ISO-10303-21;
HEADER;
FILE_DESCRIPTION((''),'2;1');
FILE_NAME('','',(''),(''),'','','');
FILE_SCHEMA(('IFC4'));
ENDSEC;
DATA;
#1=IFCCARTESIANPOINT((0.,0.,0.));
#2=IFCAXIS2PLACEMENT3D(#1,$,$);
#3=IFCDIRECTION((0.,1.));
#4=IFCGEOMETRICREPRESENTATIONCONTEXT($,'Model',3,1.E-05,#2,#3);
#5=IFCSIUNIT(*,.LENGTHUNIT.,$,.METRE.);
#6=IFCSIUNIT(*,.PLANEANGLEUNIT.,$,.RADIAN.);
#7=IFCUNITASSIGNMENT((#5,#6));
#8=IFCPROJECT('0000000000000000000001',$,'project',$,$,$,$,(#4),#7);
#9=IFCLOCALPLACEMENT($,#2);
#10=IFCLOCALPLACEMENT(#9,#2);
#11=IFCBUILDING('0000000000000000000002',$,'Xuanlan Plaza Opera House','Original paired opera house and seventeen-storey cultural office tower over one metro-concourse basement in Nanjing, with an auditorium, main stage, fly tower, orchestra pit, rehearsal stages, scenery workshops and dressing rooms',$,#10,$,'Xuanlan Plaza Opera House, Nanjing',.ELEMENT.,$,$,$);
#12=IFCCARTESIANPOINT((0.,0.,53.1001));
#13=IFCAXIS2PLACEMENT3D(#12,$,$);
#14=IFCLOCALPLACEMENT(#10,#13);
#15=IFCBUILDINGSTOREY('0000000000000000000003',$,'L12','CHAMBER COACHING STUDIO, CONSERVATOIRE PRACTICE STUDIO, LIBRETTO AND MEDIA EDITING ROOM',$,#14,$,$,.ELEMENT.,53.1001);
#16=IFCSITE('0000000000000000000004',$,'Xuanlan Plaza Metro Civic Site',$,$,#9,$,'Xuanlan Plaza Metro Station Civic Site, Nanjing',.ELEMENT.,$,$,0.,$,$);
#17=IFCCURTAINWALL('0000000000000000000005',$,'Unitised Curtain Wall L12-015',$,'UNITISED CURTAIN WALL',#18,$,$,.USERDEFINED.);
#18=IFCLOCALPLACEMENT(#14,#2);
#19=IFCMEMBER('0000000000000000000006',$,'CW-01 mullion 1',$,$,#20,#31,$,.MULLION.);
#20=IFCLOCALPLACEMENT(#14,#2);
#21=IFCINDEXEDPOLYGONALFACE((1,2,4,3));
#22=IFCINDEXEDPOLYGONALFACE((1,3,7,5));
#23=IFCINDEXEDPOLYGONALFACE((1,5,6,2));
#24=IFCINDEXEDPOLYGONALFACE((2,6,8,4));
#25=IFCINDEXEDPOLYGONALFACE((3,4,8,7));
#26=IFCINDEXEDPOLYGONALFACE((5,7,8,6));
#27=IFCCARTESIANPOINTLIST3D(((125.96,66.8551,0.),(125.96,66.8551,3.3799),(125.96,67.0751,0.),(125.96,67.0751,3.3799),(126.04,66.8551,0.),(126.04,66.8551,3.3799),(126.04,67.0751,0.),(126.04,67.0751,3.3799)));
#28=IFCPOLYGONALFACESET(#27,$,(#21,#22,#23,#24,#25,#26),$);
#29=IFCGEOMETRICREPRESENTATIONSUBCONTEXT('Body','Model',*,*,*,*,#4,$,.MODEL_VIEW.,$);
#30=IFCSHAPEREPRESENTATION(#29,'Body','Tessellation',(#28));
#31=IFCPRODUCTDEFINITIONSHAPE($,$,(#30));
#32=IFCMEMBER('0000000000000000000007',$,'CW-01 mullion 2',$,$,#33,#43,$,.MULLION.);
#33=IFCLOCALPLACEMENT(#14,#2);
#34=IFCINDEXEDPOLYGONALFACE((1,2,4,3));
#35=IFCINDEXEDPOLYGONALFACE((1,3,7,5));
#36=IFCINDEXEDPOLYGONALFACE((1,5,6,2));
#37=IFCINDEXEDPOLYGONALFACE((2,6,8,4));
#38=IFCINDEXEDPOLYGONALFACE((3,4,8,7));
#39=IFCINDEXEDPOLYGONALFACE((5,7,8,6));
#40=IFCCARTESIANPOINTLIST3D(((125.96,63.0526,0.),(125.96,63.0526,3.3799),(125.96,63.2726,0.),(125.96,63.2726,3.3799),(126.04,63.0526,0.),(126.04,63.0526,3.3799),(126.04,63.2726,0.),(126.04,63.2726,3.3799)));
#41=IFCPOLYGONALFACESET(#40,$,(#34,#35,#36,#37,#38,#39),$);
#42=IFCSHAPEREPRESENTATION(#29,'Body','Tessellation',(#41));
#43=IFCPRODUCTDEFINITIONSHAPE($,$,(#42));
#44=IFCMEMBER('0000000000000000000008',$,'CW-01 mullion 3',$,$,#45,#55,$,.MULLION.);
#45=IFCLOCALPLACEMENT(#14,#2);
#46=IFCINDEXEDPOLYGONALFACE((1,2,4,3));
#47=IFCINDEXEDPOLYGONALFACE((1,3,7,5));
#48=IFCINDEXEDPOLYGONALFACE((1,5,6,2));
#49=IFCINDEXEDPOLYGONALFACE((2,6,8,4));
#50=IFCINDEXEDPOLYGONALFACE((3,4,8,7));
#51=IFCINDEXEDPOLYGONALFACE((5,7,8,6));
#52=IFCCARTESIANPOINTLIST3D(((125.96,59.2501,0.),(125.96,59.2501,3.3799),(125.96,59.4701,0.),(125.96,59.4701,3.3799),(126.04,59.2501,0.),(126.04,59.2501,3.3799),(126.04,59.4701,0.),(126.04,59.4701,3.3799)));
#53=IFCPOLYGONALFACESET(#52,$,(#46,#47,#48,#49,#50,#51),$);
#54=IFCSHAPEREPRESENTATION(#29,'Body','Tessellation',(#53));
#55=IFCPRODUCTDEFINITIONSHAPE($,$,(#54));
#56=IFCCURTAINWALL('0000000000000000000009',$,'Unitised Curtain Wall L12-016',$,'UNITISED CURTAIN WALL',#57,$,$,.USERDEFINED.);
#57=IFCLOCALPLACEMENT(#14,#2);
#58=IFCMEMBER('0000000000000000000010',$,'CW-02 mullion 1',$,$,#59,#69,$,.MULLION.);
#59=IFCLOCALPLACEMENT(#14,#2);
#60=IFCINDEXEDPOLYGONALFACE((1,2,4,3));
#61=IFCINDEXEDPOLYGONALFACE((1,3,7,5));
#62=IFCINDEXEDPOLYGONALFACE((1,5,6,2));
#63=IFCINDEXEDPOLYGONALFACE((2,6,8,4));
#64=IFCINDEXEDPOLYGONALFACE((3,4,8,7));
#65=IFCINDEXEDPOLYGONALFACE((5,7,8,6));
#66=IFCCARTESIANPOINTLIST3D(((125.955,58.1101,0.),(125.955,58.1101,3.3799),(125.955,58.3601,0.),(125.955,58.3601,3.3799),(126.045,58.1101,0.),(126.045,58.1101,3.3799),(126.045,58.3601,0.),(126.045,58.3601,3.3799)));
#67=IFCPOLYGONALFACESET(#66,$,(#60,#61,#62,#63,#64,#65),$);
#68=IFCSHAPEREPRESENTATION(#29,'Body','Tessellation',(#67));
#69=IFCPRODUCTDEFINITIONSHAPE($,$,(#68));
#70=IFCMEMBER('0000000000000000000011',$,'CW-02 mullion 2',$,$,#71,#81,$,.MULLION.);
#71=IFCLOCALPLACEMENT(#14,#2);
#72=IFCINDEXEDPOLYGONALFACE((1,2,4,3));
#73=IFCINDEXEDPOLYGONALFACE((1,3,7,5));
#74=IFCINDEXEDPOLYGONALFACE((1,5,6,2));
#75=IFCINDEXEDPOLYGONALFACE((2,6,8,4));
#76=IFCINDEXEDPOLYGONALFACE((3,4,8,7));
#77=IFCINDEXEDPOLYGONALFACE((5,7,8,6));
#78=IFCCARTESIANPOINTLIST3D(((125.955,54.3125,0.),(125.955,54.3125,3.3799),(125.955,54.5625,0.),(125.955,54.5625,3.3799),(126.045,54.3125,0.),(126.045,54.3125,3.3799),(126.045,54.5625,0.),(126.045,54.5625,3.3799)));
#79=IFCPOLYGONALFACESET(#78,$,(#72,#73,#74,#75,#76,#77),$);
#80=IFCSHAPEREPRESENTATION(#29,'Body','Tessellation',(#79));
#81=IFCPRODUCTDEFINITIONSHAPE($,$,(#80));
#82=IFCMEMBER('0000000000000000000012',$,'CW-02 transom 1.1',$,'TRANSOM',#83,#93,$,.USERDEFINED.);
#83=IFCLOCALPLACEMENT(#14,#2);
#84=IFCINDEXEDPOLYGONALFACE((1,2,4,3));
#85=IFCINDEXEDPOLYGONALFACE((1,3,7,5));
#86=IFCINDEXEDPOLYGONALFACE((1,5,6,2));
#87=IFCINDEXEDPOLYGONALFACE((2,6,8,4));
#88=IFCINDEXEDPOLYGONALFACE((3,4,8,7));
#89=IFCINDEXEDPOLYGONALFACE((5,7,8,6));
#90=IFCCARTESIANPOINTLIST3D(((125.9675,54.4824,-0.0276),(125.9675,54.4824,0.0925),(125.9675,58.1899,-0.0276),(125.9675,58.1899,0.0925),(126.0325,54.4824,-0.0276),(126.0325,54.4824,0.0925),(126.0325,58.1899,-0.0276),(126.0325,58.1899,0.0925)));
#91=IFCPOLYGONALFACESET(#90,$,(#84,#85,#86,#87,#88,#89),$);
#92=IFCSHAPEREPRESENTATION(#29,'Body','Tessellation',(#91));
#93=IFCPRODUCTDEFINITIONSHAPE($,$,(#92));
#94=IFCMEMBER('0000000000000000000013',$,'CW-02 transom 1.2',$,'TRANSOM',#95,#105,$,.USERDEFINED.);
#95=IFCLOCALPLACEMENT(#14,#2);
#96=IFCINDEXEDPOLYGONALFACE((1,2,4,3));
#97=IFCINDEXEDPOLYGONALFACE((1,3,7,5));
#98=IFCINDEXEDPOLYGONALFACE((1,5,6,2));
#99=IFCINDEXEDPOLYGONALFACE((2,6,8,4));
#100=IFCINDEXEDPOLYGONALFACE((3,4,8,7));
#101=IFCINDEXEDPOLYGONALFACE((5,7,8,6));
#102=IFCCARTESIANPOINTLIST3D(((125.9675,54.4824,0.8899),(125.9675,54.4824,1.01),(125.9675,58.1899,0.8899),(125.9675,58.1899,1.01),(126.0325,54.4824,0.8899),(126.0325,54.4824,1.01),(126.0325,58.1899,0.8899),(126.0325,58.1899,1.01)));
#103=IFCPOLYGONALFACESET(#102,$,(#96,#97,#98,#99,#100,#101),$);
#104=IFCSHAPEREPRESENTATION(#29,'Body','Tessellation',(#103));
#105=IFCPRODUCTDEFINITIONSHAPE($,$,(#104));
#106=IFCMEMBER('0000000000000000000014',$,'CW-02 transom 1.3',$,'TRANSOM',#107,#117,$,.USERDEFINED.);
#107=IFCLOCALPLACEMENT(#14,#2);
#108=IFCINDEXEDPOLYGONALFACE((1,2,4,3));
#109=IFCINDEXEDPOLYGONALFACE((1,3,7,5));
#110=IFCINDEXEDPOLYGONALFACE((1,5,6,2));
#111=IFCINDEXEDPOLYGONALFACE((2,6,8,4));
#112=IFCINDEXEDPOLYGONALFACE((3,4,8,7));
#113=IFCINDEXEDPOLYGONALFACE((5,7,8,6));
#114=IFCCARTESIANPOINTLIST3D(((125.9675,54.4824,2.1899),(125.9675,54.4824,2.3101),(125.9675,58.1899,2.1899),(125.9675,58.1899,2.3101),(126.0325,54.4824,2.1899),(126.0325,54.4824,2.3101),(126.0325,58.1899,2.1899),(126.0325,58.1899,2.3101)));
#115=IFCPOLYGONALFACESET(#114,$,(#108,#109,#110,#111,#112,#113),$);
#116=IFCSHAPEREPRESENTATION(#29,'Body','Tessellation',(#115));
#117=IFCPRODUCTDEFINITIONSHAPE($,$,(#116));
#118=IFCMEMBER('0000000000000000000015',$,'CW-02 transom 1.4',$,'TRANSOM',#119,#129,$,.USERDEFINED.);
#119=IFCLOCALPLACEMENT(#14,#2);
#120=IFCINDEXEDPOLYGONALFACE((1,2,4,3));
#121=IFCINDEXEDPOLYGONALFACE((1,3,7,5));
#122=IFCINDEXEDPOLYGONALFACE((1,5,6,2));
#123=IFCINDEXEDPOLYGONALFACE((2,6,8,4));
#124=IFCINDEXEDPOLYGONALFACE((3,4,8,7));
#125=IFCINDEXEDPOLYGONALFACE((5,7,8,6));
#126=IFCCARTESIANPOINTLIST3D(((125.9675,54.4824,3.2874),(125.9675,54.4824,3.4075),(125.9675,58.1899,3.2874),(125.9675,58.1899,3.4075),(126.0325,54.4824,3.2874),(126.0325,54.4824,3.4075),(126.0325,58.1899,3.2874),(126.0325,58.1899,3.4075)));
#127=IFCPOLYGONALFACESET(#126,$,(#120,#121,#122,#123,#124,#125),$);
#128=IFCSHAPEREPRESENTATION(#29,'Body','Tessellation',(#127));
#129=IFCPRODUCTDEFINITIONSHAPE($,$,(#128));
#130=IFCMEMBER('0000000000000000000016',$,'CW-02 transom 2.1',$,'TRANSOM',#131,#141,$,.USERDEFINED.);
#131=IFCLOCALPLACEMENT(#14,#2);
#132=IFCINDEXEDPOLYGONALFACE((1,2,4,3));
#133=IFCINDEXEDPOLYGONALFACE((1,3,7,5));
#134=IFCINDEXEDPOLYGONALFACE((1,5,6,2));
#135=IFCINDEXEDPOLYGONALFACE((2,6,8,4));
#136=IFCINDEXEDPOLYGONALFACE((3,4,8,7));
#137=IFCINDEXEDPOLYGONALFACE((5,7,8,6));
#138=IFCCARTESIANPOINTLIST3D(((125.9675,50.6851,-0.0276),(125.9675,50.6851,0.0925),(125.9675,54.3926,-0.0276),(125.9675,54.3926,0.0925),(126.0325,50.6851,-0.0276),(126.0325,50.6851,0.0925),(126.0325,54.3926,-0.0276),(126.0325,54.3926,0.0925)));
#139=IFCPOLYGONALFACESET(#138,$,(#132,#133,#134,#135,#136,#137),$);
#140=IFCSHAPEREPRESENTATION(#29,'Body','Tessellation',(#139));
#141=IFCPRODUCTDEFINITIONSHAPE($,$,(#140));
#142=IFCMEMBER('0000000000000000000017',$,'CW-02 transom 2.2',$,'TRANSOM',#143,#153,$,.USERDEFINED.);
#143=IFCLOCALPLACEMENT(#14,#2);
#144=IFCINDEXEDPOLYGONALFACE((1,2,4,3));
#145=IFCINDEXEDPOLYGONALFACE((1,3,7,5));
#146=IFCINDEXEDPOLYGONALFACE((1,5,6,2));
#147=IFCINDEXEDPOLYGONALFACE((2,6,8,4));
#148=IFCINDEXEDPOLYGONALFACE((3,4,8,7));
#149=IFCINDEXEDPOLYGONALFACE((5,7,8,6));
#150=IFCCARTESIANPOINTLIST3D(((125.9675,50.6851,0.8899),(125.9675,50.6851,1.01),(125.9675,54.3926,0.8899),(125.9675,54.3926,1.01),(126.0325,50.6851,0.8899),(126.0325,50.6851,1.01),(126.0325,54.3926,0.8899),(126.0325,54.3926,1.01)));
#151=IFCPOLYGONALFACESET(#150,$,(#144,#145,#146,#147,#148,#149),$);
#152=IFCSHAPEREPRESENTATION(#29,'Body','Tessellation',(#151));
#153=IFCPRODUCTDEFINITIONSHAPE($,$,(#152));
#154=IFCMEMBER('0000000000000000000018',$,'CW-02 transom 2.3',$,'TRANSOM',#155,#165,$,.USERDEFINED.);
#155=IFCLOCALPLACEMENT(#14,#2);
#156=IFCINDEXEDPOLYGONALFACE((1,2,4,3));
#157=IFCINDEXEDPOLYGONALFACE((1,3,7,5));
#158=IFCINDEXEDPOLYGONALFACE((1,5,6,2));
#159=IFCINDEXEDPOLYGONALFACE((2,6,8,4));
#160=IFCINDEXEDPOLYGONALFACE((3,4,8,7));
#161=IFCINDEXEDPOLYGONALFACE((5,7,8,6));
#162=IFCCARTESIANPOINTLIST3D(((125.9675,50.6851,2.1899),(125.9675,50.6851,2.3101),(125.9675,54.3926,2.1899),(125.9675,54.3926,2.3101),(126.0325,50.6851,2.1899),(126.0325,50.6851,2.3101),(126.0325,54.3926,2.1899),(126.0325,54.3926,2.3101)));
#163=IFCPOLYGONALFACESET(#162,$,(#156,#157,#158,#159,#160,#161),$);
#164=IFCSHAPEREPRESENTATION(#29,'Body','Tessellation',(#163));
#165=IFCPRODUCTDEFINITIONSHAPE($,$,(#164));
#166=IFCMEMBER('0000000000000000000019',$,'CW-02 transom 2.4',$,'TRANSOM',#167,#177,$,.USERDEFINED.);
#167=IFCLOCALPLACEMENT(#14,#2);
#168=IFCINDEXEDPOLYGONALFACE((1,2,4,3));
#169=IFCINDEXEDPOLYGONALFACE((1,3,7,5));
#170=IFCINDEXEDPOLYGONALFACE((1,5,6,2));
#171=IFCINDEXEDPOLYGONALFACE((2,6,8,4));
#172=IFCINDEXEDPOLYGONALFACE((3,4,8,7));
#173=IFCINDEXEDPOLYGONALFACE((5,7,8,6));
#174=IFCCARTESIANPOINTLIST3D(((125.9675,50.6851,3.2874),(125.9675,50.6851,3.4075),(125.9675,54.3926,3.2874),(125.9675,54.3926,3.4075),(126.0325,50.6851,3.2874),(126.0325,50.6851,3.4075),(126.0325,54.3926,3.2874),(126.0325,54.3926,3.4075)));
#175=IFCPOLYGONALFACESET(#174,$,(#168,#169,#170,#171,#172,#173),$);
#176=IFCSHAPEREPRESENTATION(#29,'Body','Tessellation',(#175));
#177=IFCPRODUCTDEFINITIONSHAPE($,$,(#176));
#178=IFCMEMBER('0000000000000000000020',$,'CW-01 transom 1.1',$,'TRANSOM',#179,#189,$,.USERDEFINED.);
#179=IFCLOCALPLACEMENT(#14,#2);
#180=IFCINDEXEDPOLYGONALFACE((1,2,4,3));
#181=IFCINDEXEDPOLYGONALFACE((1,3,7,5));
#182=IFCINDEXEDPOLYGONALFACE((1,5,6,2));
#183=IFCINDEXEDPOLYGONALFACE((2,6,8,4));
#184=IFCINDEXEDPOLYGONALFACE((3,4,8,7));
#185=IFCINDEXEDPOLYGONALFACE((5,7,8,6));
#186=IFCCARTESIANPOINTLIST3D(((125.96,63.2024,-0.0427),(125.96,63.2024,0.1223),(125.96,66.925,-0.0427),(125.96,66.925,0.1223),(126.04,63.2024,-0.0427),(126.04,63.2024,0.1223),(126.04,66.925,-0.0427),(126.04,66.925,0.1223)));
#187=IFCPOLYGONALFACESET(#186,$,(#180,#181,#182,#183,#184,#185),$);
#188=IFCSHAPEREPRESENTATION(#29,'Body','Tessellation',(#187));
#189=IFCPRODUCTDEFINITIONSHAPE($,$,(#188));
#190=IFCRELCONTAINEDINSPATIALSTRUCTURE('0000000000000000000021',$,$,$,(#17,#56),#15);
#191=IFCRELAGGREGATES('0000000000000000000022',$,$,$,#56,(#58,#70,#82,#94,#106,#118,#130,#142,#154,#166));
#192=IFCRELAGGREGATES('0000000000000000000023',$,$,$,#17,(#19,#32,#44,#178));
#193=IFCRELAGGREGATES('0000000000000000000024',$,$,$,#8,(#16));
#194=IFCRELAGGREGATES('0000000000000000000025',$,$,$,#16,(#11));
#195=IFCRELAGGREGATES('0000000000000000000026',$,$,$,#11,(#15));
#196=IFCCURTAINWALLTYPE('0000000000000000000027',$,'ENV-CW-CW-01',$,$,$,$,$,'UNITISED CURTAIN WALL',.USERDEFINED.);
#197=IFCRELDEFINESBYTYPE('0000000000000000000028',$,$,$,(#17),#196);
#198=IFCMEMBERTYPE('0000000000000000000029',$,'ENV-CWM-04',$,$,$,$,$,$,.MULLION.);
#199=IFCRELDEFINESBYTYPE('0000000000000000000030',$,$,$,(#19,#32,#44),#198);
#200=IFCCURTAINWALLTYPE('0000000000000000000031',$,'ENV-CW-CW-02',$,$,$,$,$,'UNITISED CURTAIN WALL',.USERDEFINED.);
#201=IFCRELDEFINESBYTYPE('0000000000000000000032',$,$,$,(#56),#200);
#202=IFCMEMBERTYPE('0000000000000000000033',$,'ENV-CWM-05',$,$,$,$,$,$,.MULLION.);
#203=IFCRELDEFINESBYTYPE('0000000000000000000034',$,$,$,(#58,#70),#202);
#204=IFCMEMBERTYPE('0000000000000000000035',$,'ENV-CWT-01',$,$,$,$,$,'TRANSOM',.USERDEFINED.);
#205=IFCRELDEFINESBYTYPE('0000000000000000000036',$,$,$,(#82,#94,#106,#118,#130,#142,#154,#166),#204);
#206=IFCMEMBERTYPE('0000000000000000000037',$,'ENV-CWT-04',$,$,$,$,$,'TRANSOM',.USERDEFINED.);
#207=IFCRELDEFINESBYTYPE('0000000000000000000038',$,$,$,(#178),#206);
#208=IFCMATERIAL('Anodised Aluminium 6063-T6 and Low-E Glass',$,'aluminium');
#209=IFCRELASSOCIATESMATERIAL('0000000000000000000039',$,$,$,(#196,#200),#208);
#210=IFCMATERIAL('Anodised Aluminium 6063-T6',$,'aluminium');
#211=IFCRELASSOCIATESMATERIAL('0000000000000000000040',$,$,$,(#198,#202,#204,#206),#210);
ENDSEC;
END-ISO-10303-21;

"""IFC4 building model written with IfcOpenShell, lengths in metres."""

from ifc_helpers import new_model, si_unit, direction, frame, origin, origin_2d, place, context, subcontext, project, spatial, rectangle, extrude, material, material_profile, profile_set, type_object, element, aggregate, save


model = new_model("IFC4")

# Units and contexts
model_context = context("Model", 3, precision=1e-05, world=origin(), true_north=direction((0.0, 1.0)))
body_context = subcontext(model_context, "Body", "Model", "MODEL_VIEW")
ifc_project = project(units=[si_unit("LENGTHUNIT", "METRE"), si_unit("PLANEANGLEUNIT", "RADIAN")], contexts=[model_context])

# Site, building, storey
site_placement = place(None, origin())
site = spatial("IfcSite", under=ifc_project, at=site_placement, Name="Xuanlan Plaza Metro Civic Site", LongName="Xuanlan Plaza Metro Station Civic Site, Nanjing", CompositionType="ELEMENT", RefElevation=0.0)
building_placement = place(site_placement, origin())
building = spatial("IfcBuilding", under=site, at=building_placement, Name="Xuanlan Plaza Opera House", Description="Original paired opera house and seventeen-storey cultural office tower over one metro-concourse basement in Nanjing, with an auditorium, main stage, fly tower, orchestra pit, rehearsal stages, scenery workshops and dressing rooms", LongName="Xuanlan Plaza Opera House, Nanjing", CompositionType="ELEMENT")
storey_placement = place(building_placement, frame((0.0, 0.0, 53.1001)))
storey = spatial("IfcBuildingStorey", under=building, at=storey_placement, Name="L12", Description="CHAMBER COACHING STUDIO, CONSERVATOIRE PRACTICE STUDIO, LIBRETTO AND MEDIA EDITING ROOM", CompositionType="ELEMENT", Elevation=53.1001)

# Curtain walls, members
ifc_material_1 = material(Name="Anodised Aluminium 6063-T6 and Low-E Glass", Category="aluminium")
curtain_wall_type_1 = type_object("IfcCurtainWallType", Name="ENV-CW-CW-01", ElementType="UNITISED CURTAIN WALL", PredefinedType="USERDEFINED", material=ifc_material_1)
curtain_wall_1_placement = place(storey_placement, origin())
curtain_wall_1 = element("IfcCurtainWall", 1, at=curtain_wall_1_placement, inside=storey, type_object=curtain_wall_type_1, Name="Unitised Curtain Wall L12-015", ObjectType="UNITISED CURTAIN WALL", PredefinedType="USERDEFINED")
ifc_material_2 = material(Name="Anodised Aluminium 6063-T6", Category="aluminium")
ifc_material_profile_1 = material_profile(ifc_material_2, rectangle(XDim=0.0801, YDim=0.22, at=origin_2d()), Name="ALU-M 80x220")
ifc_profile_set_1 = profile_set([ifc_material_profile_1], Name="Anodised Aluminium 6063-T6")
member_type_1 = type_object("IfcMemberType", Name="ENV-CWM-04", PredefinedType="MULLION", material=ifc_profile_set_1)
member_1_placement = place(storey_placement, frame((126.0, 66.9651, 0.0), z_axis=(0.0, 0.0, 1.0), x_axis=(1.0, 0.0, 0.0)))
member_1 = element("IfcMember", 2, at=member_1_placement, type_object=member_type_1, Name="CW-01 mullion 1", PredefinedType="MULLION", context=body_context, shape_type="SweptSolid", body=[
    extrude(rectangle(XDim=0.0801, YDim=0.22, at=origin_2d()), origin(), (0.0, 0.0, 1.0), 3.3799),
])
member_2_placement = place(storey_placement, frame((126.0, 63.1626, 0.0), z_axis=(0.0, 0.0, 1.0), x_axis=(1.0, 0.0, 0.0)))
member_2 = element("IfcMember", 3, at=member_2_placement, type_object=member_type_1, Name="CW-01 mullion 2", PredefinedType="MULLION", context=body_context, shape_type="SweptSolid", body=[
    extrude(rectangle(XDim=0.0801, YDim=0.22, at=origin_2d()), origin(), (0.0, 0.0, 1.0), 3.3799),
])
member_3_placement = place(storey_placement, frame((126.0, 59.3601, 0.0), z_axis=(0.0, 0.0, 1.0), x_axis=(1.0, 0.0, 0.0)))
member_3 = element("IfcMember", 4, at=member_3_placement, type_object=member_type_1, Name="CW-01 mullion 3", PredefinedType="MULLION", context=body_context, shape_type="SweptSolid", body=[
    extrude(rectangle(XDim=0.0801, YDim=0.22, at=origin_2d()), origin(), (0.0, 0.0, 1.0), 3.3799),
])
curtain_wall_type_2 = type_object("IfcCurtainWallType", Name="ENV-CW-CW-02", ElementType="UNITISED CURTAIN WALL", PredefinedType="USERDEFINED", material=ifc_material_1)
curtain_wall_2_placement = place(storey_placement, origin())
curtain_wall_2 = element("IfcCurtainWall", 5, at=curtain_wall_2_placement, inside=storey, type_object=curtain_wall_type_2, Name="Unitised Curtain Wall L12-016", ObjectType="UNITISED CURTAIN WALL", PredefinedType="USERDEFINED")
ifc_material_profile_2 = material_profile(ifc_material_2, rectangle(XDim=0.0901, YDim=0.25, at=origin_2d()), Name="ALU-M 90x250")
ifc_profile_set_2 = profile_set([ifc_material_profile_2], Name="Anodised Aluminium 6063-T6")
member_type_2 = type_object("IfcMemberType", Name="ENV-CWM-05", PredefinedType="MULLION", material=ifc_profile_set_2)
member_4_placement = place(storey_placement, frame((126.0, 58.2351, 0.0), z_axis=(0.0, 0.0, 1.0), x_axis=(1.0, 0.0, 0.0)))
member_4 = element("IfcMember", 6, at=member_4_placement, type_object=member_type_2, Name="CW-02 mullion 1", PredefinedType="MULLION", context=body_context, shape_type="SweptSolid", body=[
    extrude(rectangle(XDim=0.0901, YDim=0.25, at=origin_2d()), origin(), (0.0, 0.0, 1.0), 3.3799),
])
member_5_placement = place(storey_placement, frame((126.0, 54.4375, 0.0), z_axis=(0.0, 0.0, 1.0), x_axis=(1.0, 0.0, 0.0)))
member_5 = element("IfcMember", 7, at=member_5_placement, type_object=member_type_2, Name="CW-02 mullion 2", PredefinedType="MULLION", context=body_context, shape_type="SweptSolid", body=[
    extrude(rectangle(XDim=0.0901, YDim=0.25, at=origin_2d()), origin(), (0.0, 0.0, 1.0), 3.3799),
])
ifc_material_profile_3 = material_profile(ifc_material_2, rectangle(XDim=0.0649, YDim=0.1201, at=origin_2d()), Name="ALU-T 65x120")
ifc_profile_set_3 = profile_set([ifc_material_profile_3], Name="Anodised Aluminium 6063-T6")
member_type_3 = type_object("IfcMemberType", Name="ENV-CWT-01", ElementType="TRANSOM", PredefinedType="USERDEFINED", material=ifc_profile_set_3)
member_6_placement = place(storey_placement, frame((126.0, 58.1899, 0.0325), z_axis=(0.0, -1.0, 0.0), x_axis=(1.0, 0.0, 0.0)))
member_6 = element("IfcMember", 8, at=member_6_placement, type_object=member_type_3, Name="CW-02 transom 1.1", ObjectType="TRANSOM", PredefinedType="USERDEFINED", context=body_context, shape_type="SweptSolid", body=[
    extrude(rectangle(XDim=0.0649, YDim=0.1201, at=origin_2d()), origin(), (0.0, 0.0, 1.0), 3.7075),
])
member_7_placement = place(storey_placement, frame((126.0, 58.1899, 0.95), z_axis=(0.0, -1.0, 0.0), x_axis=(1.0, 0.0, 0.0)))
member_7 = element("IfcMember", 9, at=member_7_placement, type_object=member_type_3, Name="CW-02 transom 1.2", ObjectType="TRANSOM", PredefinedType="USERDEFINED", context=body_context, shape_type="SweptSolid", body=[
    extrude(rectangle(XDim=0.0649, YDim=0.1201, at=origin_2d()), origin(), (0.0, 0.0, 1.0), 3.7075),
])
member_8_placement = place(storey_placement, frame((126.0, 58.1899, 2.25), z_axis=(0.0, -1.0, 0.0), x_axis=(1.0, 0.0, 0.0)))
member_8 = element("IfcMember", 10, at=member_8_placement, type_object=member_type_3, Name="CW-02 transom 1.3", ObjectType="TRANSOM", PredefinedType="USERDEFINED", context=body_context, shape_type="SweptSolid", body=[
    extrude(rectangle(XDim=0.0649, YDim=0.1201, at=origin_2d()), origin(), (0.0, 0.0, 1.0), 3.7075),
])
member_9_placement = place(storey_placement, frame((126.0, 58.1899, 3.3474), z_axis=(0.0, -1.0, 0.0), x_axis=(1.0, 0.0, 0.0)))
member_9 = element("IfcMember", 11, at=member_9_placement, type_object=member_type_3, Name="CW-02 transom 1.4", ObjectType="TRANSOM", PredefinedType="USERDEFINED", context=body_context, shape_type="SweptSolid", body=[
    extrude(rectangle(XDim=0.0649, YDim=0.1201, at=origin_2d()), origin(), (0.0, 0.0, 1.0), 3.7075),
])
member_10_placement = place(storey_placement, frame((126.0, 54.3926, 0.0325), z_axis=(0.0, -1.0, 0.0), x_axis=(1.0, 0.0, 0.0)))
member_10 = element("IfcMember", 12, at=member_10_placement, type_object=member_type_3, Name="CW-02 transom 2.1", ObjectType="TRANSOM", PredefinedType="USERDEFINED", context=body_context, shape_type="SweptSolid", body=[
    extrude(rectangle(XDim=0.0649, YDim=0.1201, at=origin_2d()), origin(), (0.0, 0.0, 1.0), 3.7075),
])
member_11_placement = place(storey_placement, frame((126.0, 54.3926, 0.95), z_axis=(0.0, -1.0, 0.0), x_axis=(1.0, 0.0, 0.0)))
member_11 = element("IfcMember", 13, at=member_11_placement, type_object=member_type_3, Name="CW-02 transom 2.2", ObjectType="TRANSOM", PredefinedType="USERDEFINED", context=body_context, shape_type="SweptSolid", body=[
    extrude(rectangle(XDim=0.0649, YDim=0.1201, at=origin_2d()), origin(), (0.0, 0.0, 1.0), 3.7075),
])
member_12_placement = place(storey_placement, frame((126.0, 54.3926, 2.25), z_axis=(0.0, -1.0, 0.0), x_axis=(1.0, 0.0, 0.0)))
member_12 = element("IfcMember", 14, at=member_12_placement, type_object=member_type_3, Name="CW-02 transom 2.3", ObjectType="TRANSOM", PredefinedType="USERDEFINED", context=body_context, shape_type="SweptSolid", body=[
    extrude(rectangle(XDim=0.0649, YDim=0.1201, at=origin_2d()), origin(), (0.0, 0.0, 1.0), 3.7075),
])
member_13_placement = place(storey_placement, frame((126.0, 54.3926, 3.3474), z_axis=(0.0, -1.0, 0.0), x_axis=(1.0, 0.0, 0.0)))
member_13 = element("IfcMember", 15, at=member_13_placement, type_object=member_type_3, Name="CW-02 transom 2.4", ObjectType="TRANSOM", PredefinedType="USERDEFINED", context=body_context, shape_type="SweptSolid", body=[
    extrude(rectangle(XDim=0.0649, YDim=0.1201, at=origin_2d()), origin(), (0.0, 0.0, 1.0), 3.7075),
])

# Member
ifc_material_profile_4 = material_profile(ifc_material_2, rectangle(XDim=0.0801, YDim=0.165, at=origin_2d()), Name="ALU-T 80x165")
ifc_profile_set_4 = profile_set([ifc_material_profile_4], Name="Anodised Aluminium 6063-T6")
member_type_4 = type_object("IfcMemberType", Name="ENV-CWT-04", ElementType="TRANSOM", PredefinedType="USERDEFINED", material=ifc_profile_set_4)
member_14_placement = place(storey_placement, frame((126.0, 66.925, 0.0398), z_axis=(0.0, -1.0, 0.0), x_axis=(1.0, 0.0, 0.0)))
member_14 = element("IfcMember", 16, at=member_14_placement, type_object=member_type_4, Name="CW-01 transom 1.1", ObjectType="TRANSOM", PredefinedType="USERDEFINED", context=body_context, shape_type="SweptSolid", body=[
    extrude(rectangle(XDim=0.0801, YDim=0.165, at=origin_2d()), origin(), (0.0, 0.0, 1.0), 3.7227),
])

aggregate(curtain_wall_2, [member_4, member_5, member_6, member_7, member_8, member_9, member_10, member_11, member_12, member_13])
aggregate(curtain_wall_1, [member_1, member_2, member_3, member_14])

save(model, "model.ifc")
